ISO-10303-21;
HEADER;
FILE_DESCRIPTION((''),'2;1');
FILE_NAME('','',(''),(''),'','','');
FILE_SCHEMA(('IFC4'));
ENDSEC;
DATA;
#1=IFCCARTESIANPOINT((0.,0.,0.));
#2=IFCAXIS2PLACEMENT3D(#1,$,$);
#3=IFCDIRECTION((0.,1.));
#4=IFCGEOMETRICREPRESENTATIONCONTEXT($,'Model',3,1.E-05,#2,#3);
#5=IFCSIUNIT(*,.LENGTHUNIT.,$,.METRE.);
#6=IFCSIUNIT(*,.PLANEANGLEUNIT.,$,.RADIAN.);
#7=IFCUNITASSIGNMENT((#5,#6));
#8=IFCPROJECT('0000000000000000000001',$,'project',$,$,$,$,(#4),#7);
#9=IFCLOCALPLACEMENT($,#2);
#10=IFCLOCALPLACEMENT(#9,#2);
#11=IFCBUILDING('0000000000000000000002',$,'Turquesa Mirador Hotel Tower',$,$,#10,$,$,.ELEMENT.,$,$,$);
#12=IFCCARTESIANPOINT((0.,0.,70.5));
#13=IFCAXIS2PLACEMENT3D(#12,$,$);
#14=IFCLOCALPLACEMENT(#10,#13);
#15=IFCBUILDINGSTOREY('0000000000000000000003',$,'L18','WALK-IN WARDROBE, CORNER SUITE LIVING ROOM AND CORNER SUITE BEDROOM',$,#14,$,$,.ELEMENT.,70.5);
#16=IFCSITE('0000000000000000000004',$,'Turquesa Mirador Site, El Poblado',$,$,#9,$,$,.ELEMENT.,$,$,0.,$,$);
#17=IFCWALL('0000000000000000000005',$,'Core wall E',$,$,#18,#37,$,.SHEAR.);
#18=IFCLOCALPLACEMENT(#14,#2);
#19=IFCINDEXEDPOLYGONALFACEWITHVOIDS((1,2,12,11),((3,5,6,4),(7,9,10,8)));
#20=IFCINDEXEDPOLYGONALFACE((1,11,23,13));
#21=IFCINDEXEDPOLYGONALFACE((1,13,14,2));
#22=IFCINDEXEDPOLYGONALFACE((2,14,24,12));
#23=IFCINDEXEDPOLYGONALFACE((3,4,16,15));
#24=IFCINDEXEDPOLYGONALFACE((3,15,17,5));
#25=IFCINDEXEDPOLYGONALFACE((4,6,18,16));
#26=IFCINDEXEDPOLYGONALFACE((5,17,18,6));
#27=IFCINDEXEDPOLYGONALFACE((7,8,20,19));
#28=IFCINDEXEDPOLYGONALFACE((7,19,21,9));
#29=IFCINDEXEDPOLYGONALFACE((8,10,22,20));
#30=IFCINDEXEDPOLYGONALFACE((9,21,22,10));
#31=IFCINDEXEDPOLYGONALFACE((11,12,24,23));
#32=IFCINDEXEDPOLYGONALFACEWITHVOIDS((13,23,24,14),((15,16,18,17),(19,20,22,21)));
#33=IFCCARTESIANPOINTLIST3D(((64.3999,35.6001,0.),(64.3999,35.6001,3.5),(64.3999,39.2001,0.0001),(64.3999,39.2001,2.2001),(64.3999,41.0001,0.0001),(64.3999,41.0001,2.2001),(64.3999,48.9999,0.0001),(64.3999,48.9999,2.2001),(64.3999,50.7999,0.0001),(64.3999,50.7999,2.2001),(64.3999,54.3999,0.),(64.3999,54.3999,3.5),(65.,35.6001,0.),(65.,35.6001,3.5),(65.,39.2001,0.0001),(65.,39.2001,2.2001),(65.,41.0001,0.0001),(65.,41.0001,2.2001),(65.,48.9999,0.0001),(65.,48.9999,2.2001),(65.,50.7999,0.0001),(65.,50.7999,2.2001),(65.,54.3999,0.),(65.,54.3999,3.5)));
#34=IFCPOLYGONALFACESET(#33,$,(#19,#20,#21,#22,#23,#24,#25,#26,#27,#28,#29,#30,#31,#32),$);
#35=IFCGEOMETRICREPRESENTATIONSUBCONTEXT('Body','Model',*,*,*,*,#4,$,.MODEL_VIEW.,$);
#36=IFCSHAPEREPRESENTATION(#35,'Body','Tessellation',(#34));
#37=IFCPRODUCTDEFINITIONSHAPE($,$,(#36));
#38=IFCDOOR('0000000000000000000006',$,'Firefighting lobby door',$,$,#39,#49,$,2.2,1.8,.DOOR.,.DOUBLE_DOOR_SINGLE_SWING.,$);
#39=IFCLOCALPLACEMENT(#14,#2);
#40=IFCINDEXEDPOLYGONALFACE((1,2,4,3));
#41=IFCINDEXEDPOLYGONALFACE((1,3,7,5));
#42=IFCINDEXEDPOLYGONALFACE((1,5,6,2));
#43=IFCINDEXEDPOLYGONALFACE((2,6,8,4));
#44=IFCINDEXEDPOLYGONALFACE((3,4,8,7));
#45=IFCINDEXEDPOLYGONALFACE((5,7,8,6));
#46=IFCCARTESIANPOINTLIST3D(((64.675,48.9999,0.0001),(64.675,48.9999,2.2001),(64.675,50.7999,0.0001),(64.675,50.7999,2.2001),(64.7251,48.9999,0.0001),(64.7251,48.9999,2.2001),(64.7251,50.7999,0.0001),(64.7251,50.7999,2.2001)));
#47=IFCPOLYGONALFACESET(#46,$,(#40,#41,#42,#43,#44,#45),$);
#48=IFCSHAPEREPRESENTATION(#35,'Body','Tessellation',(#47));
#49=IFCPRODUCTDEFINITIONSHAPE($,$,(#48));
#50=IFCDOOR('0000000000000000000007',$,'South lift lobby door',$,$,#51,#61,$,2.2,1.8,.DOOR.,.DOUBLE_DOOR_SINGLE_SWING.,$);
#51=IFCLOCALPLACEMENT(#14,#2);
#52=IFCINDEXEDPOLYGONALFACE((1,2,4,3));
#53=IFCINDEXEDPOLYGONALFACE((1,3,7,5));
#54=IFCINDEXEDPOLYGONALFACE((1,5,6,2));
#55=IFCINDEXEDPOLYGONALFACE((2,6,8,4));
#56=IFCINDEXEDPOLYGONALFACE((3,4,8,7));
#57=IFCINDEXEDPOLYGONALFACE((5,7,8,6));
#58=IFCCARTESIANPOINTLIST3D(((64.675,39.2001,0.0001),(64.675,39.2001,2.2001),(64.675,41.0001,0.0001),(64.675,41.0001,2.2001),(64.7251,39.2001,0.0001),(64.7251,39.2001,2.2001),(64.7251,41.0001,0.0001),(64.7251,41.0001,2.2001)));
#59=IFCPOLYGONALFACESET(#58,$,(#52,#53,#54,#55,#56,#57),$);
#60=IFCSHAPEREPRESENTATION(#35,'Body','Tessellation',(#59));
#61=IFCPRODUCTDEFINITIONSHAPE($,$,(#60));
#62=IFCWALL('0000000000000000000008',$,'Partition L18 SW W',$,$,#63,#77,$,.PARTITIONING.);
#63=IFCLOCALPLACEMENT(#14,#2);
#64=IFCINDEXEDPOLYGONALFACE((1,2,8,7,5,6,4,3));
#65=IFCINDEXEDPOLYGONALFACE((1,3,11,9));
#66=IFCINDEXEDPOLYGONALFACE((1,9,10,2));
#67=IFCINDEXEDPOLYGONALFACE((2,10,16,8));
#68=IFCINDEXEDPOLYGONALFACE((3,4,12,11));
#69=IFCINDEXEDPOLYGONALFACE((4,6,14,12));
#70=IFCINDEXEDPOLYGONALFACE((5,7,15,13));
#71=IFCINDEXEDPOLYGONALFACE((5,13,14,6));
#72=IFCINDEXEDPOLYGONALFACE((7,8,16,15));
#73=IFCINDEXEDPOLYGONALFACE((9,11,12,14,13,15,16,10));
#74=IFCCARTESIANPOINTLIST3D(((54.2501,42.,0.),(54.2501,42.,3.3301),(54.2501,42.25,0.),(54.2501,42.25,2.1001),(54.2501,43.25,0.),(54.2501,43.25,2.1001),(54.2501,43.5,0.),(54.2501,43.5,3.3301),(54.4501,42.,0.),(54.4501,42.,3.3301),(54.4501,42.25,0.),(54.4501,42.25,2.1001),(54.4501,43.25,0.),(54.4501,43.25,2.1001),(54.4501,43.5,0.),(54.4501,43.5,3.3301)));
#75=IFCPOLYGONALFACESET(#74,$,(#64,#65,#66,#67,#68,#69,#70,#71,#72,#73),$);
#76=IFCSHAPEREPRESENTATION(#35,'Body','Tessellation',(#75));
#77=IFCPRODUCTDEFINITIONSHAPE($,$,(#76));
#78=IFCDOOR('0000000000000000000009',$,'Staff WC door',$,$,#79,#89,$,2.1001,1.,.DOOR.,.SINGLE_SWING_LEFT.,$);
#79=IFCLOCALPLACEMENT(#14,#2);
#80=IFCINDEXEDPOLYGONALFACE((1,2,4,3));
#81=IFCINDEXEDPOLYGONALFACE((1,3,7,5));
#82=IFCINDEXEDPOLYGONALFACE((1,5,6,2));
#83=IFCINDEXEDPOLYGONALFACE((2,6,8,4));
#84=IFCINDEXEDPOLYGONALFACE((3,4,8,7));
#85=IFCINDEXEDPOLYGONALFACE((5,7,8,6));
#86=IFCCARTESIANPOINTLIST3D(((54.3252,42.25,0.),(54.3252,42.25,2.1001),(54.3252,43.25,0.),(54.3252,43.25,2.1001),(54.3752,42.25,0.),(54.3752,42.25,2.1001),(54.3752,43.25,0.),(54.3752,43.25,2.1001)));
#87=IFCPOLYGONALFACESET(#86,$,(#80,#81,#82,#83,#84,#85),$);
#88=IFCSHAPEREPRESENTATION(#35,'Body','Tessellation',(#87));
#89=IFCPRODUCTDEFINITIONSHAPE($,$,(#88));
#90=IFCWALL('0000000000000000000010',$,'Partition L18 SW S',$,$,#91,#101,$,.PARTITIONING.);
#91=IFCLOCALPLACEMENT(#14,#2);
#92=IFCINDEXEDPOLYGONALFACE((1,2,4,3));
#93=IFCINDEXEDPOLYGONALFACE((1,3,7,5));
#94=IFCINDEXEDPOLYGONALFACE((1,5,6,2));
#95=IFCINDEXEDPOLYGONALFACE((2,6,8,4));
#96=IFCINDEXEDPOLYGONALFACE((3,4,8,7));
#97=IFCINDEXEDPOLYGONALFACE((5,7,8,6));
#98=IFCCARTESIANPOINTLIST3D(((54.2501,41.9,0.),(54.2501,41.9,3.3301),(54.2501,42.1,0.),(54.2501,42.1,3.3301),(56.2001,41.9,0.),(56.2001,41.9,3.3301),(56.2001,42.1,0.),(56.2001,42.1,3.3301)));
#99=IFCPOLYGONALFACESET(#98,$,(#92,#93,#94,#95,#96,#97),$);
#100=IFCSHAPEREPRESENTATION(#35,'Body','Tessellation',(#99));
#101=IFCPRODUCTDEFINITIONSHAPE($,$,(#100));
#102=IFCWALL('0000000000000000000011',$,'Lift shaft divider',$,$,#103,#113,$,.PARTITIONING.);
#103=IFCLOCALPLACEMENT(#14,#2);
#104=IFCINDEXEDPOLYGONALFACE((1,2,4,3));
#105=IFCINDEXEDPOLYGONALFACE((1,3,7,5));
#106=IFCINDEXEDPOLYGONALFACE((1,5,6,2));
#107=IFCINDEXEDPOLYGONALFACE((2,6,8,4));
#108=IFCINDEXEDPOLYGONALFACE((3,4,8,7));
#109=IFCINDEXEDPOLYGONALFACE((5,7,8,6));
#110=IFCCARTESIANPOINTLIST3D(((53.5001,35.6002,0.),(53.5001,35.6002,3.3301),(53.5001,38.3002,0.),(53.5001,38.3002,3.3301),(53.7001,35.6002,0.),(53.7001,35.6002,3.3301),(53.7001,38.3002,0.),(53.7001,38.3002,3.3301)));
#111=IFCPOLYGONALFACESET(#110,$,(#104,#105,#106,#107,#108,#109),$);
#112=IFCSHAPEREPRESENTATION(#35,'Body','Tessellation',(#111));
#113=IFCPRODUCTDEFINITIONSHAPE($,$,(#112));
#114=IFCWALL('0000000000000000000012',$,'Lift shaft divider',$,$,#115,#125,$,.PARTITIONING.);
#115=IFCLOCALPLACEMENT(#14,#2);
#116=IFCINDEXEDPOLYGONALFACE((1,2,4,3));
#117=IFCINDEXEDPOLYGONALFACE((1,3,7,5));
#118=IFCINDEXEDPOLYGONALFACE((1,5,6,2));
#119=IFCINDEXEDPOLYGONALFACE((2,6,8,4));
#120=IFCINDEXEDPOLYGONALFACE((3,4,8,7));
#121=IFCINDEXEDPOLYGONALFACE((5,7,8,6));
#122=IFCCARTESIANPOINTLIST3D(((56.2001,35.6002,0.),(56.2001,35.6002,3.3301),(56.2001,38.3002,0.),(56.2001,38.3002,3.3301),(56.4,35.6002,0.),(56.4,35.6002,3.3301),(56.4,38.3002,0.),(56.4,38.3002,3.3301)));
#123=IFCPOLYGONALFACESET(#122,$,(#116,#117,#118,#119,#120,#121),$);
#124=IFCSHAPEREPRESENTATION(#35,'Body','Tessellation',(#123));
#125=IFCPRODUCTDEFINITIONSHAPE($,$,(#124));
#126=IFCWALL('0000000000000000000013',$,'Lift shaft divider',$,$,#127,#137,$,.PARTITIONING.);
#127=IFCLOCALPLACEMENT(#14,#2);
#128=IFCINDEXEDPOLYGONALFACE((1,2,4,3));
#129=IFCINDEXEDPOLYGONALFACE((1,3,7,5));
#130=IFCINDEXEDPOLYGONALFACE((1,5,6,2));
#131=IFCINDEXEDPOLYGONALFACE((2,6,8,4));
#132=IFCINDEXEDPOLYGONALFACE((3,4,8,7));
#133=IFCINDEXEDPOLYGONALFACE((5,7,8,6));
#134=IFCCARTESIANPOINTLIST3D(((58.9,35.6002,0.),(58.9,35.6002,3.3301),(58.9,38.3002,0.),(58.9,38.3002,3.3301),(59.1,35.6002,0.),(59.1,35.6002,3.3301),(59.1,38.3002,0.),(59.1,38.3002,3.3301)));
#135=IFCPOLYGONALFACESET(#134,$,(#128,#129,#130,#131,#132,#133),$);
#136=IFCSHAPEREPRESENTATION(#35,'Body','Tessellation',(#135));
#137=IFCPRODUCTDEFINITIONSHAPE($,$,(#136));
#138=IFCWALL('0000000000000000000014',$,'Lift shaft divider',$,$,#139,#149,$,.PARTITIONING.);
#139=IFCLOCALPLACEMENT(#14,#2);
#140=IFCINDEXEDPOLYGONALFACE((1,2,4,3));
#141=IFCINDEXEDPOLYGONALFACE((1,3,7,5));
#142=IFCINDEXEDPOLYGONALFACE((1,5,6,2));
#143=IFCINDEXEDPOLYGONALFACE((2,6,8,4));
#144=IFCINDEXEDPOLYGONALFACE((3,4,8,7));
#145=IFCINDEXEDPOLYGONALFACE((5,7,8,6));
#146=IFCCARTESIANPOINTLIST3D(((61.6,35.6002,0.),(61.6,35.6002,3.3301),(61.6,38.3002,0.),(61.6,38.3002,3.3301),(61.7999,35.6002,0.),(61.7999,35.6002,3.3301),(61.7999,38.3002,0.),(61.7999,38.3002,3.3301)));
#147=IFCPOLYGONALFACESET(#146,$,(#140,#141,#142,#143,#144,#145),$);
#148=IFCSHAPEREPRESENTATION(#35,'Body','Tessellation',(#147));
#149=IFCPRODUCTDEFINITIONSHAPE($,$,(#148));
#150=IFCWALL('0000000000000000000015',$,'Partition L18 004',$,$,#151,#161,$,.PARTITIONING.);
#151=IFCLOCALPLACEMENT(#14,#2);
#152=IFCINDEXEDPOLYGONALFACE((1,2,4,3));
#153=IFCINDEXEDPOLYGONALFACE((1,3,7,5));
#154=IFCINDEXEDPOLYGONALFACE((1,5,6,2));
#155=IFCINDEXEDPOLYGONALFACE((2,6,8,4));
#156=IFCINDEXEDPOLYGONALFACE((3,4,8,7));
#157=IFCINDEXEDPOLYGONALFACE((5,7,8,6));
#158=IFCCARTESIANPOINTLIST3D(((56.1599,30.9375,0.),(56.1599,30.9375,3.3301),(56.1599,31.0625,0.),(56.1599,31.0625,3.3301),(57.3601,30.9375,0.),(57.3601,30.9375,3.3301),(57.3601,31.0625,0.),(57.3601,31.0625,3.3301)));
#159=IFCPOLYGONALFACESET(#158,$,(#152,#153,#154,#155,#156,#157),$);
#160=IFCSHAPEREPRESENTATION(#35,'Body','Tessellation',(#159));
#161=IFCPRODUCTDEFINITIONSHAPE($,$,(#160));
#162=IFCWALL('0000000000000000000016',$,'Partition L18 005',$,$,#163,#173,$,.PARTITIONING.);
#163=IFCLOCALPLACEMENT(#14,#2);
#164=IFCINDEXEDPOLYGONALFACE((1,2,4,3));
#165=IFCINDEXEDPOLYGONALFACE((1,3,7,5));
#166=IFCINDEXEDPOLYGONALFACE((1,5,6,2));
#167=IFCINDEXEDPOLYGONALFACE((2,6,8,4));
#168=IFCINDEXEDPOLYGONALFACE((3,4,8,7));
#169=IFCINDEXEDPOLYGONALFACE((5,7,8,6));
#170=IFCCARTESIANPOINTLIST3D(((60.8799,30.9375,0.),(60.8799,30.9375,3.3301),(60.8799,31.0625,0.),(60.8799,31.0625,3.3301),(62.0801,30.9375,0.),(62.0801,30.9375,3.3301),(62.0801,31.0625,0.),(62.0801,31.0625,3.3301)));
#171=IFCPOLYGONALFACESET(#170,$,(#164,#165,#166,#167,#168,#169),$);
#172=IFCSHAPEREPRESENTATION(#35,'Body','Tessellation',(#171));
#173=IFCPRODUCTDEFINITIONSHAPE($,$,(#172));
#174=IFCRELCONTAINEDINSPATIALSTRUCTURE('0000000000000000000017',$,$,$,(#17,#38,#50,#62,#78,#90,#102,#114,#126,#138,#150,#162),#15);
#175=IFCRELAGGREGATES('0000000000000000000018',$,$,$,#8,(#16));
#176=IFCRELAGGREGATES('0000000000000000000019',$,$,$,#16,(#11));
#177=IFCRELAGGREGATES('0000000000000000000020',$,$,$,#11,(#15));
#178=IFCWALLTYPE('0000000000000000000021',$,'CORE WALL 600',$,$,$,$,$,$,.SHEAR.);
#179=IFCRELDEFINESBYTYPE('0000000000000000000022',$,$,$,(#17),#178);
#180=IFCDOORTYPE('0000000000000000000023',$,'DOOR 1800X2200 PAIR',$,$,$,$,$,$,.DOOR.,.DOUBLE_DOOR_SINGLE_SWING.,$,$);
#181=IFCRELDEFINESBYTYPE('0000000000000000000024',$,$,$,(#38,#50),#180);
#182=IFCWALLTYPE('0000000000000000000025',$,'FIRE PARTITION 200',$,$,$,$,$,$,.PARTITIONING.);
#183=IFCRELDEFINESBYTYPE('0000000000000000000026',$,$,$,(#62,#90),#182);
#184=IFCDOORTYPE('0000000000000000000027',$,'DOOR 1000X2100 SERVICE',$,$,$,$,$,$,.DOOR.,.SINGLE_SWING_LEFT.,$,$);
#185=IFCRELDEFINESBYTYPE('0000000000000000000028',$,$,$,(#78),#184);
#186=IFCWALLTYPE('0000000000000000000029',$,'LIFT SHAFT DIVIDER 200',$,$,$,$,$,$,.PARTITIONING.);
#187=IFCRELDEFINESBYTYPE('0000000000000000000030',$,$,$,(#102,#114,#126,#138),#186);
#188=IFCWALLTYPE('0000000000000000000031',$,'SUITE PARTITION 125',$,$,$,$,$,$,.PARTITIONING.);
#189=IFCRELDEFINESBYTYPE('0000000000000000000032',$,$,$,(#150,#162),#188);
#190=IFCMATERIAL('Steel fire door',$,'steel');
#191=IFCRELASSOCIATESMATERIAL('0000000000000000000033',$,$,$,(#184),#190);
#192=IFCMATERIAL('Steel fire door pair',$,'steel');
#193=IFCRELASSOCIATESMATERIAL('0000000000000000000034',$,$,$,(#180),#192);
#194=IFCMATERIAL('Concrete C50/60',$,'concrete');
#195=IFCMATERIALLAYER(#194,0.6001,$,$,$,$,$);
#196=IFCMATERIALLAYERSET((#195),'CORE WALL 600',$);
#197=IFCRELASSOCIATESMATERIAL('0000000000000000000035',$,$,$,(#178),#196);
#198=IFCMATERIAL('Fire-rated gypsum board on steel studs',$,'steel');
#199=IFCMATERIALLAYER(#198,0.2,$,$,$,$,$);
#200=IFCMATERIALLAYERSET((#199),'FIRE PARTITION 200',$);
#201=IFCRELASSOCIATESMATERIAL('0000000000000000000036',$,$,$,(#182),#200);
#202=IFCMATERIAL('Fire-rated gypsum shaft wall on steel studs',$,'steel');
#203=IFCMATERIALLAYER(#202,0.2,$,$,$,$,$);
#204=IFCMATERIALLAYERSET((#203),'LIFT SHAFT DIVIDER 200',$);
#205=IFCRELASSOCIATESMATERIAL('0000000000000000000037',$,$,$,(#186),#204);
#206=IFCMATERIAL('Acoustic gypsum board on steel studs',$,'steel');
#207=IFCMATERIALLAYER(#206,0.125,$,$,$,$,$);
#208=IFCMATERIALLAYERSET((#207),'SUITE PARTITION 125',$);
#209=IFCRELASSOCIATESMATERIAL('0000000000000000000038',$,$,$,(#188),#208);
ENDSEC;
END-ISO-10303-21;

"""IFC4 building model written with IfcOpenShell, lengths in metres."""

from ifc_helpers import new_model, si_unit, direction, frame, frame_2d, origin, place, context, subcontext, project, spatial, rectangle, extrude, material, layer, layer_set, type_object, element, fill, save


model = new_model("IFC4")

# Units and contexts
model_context = context("Model", 3, precision=1e-05, world=origin(), true_north=direction((0.0, 1.0)))
body_context = subcontext(model_context, "Body", "Model", "MODEL_VIEW")
ifc_project = project(units=[si_unit("LENGTHUNIT", "METRE"), si_unit("PLANEANGLEUNIT", "RADIAN")], contexts=[model_context])

# Site, building, storey
site_placement = place(None, origin())
site = spatial("IfcSite", under=ifc_project, at=site_placement, Name="Turquesa Mirador Site, El Poblado", CompositionType="ELEMENT", RefElevation=0.0)
building_placement = place(site_placement, origin())
building = spatial("IfcBuilding", under=site, at=building_placement, Name="Turquesa Mirador Hotel Tower", CompositionType="ELEMENT")
storey_placement = place(building_placement, frame((0.0, 0.0, 70.5)))
storey = spatial("IfcBuildingStorey", under=building, at=storey_placement, Name="L18", Description="WALK-IN WARDROBE, CORNER SUITE LIVING ROOM AND CORNER SUITE BEDROOM", CompositionType="ELEMENT", Elevation=70.5)

# Shared definitions
ifc_material_1 = material(Name="Steel fire door", Category="steel")
door_type_1 = type_object("IfcDoorType", Name="DOOR 1000X2100 SERVICE", OperationType="SINGLE_SWING_LEFT", PredefinedType="DOOR", material=ifc_material_1)
ifc_material_2 = material(Name="Steel fire door pair", Category="steel")
door_type_2 = type_object("IfcDoorType", Name="DOOR 1800X2200 PAIR", OperationType="DOUBLE_DOOR_SINGLE_SWING", PredefinedType="DOOR", material=ifc_material_2)

# Wall, openings, doors
ifc_material_3 = material(Name="Concrete C50/60", Category="concrete")
ifc_layer_1 = layer(ifc_material_3, 0.6001)
ifc_layer_set_1 = layer_set([ifc_layer_1], Name="CORE WALL 600")
wall_type_1 = type_object("IfcWallType", Name="CORE WALL 600", PredefinedType="SHEAR", material=ifc_layer_set_1)
wall_1_placement = place(storey_placement, frame((64.7, 35.6001, 0.0), z_axis=(0.0, 0.0, 1.0), x_axis=(0.0, 1.0, 0.0)))
wall_1 = element("IfcWall", 1, at=wall_1_placement, inside=storey, type_object=wall_type_1, Name="Core wall E", PredefinedType="SHEAR", context=body_context, shape_type="SweptSolid", body=[
    extrude(rectangle(XDim=18.7998, YDim=0.6001, at=frame_2d((9.3999, 0.0))), origin(), (0.0, 0.0, 1.0), 3.5),
])
opening_1_placement = place(wall_1_placement, frame((13.3999, 0.0, 0.0)))
opening_1 = element("IfcOpeningElement", 2, at=opening_1_placement, cuts=wall_1, PredefinedType="OPENING", context=body_context, shape_type="SweptSolid", body=[
    extrude(rectangle(XDim=1.8, YDim=2.2, at=frame_2d((0.8999, 1.1001))), frame((0.0, 0.3101, 0.0), z_axis=(0.0, -1.0, 0.0), x_axis=(1.0, 0.0, 0.0)), (0.0, 0.0, 1.0), 0.6201),
])
opening_2_placement = place(wall_1_placement, frame((3.6001, 0.0, 0.0)))
opening_2 = element("IfcOpeningElement", 3, at=opening_2_placement, cuts=wall_1, PredefinedType="OPENING", context=body_context, shape_type="SweptSolid", body=[
    extrude(rectangle(XDim=1.8, YDim=2.2, at=frame_2d((0.8999, 1.1001))), frame((0.0, 0.3101, 0.0), z_axis=(0.0, -1.0, 0.0), x_axis=(1.0, 0.0, 0.0)), (0.0, 0.0, 1.0), 0.6201),
])
door_1_placement = place(opening_1_placement, origin())
door_1 = element("IfcDoor", 4, at=door_1_placement, inside=storey, type_object=door_type_2, Name="Firefighting lobby door", OperationType="DOUBLE_DOOR_SINGLE_SWING", OverallHeight=2.2, OverallWidth=1.8, PredefinedType="DOOR", context=body_context, shape_type="SweptSolid", body=[
    extrude(rectangle(XDim=1.8, YDim=2.2, at=frame_2d((0.8999, 1.1001))), frame((0.0, 0.0249, 0.0), z_axis=(0.0, -1.0, 0.0), x_axis=(1.0, 0.0, 0.0)), (0.0, 0.0, 1.0), 0.05),
])
fill(opening_1, door_1)
door_2_placement = place(opening_2_placement, origin())
door_2 = element("IfcDoor", 5, at=door_2_placement, inside=storey, type_object=door_type_2, Name="South lift lobby door", OperationType="DOUBLE_DOOR_SINGLE_SWING", OverallHeight=2.2, OverallWidth=1.8, PredefinedType="DOOR", context=body_context, shape_type="SweptSolid", body=[
    extrude(rectangle(XDim=1.8, YDim=2.2, at=frame_2d((0.8999, 1.1001))), frame((0.0, 0.0249, 0.0), z_axis=(0.0, -1.0, 0.0), x_axis=(1.0, 0.0, 0.0)), (0.0, 0.0, 1.0), 0.05),
])
fill(opening_2, door_2)

# Wall, opening, door
ifc_material_4 = material(Name="Fire-rated gypsum board on steel studs", Category="steel")
ifc_layer_2 = layer(ifc_material_4, 0.2)
ifc_layer_set_2 = layer_set([ifc_layer_2], Name="FIRE PARTITION 200")
wall_type_2 = type_object("IfcWallType", Name="FIRE PARTITION 200", PredefinedType="PARTITIONING", material=ifc_layer_set_2)
wall_2_placement = place(storey_placement, frame((54.3501, 42.0, 0.0), z_axis=(0.0, 0.0, 1.0), x_axis=(0.0, 1.0, 0.0)))
wall_2 = element("IfcWall", 6, at=wall_2_placement, inside=storey, type_object=wall_type_2, Name="Partition L18 SW W", PredefinedType="PARTITIONING", context=body_context, shape_type="SweptSolid", body=[
    extrude(rectangle(XDim=1.5, YDim=0.2, at=frame_2d((0.75, 0.0))), origin(), (0.0, 0.0, 1.0), 3.3301),
])
opening_3_placement = place(wall_2_placement, frame((0.25, 0.0, 0.0)))
opening_3 = element("IfcOpeningElement", 7, at=opening_3_placement, cuts=wall_2, PredefinedType="OPENING", context=body_context, shape_type="SweptSolid", body=[
    extrude(rectangle(XDim=1.0, YDim=2.1001, at=frame_2d((0.5, 1.05))), frame((0.0, 0.1099, 0.0), z_axis=(0.0, -1.0, 0.0), x_axis=(1.0, 0.0, 0.0)), (0.0, 0.0, 1.0), 0.22),
])
door_3_placement = place(opening_3_placement, origin())
door_3 = element("IfcDoor", 8, at=door_3_placement, inside=storey, type_object=door_type_1, Name="Staff WC door", OperationType="SINGLE_SWING_LEFT", OverallHeight=2.1001, OverallWidth=1.0, PredefinedType="DOOR", context=body_context, shape_type="SweptSolid", body=[
    extrude(rectangle(XDim=1.0, YDim=2.1001, at=frame_2d((0.5, 1.05))), frame((0.0, 0.0249, 0.0), z_axis=(0.0, -1.0, 0.0), x_axis=(1.0, 0.0, 0.0)), (0.0, 0.0, 1.0), 0.05),
])
fill(opening_3, door_3)

# Walls
wall_3_placement = place(storey_placement, frame((54.25, 42.0, 0.0), z_axis=(0.0, 0.0, 1.0), x_axis=(1.0, 0.0, 0.0)))
element("IfcWall", 9, at=wall_3_placement, inside=storey, type_object=wall_type_2, Name="Partition L18 SW S", PredefinedType="PARTITIONING", context=body_context, shape_type="SweptSolid", body=[
    extrude(rectangle(XDim=1.95, YDim=0.2, at=frame_2d((0.9751, 0.0))), origin(), (0.0, 0.0, 1.0), 3.3301),
])
ifc_material_5 = material(Name="Fire-rated gypsum shaft wall on steel studs", Category="steel")
ifc_layer_3 = layer(ifc_material_5, 0.2)
ifc_layer_set_3 = layer_set([ifc_layer_3], Name="LIFT SHAFT DIVIDER 200")
wall_type_3 = type_object("IfcWallType", Name="LIFT SHAFT DIVIDER 200", PredefinedType="PARTITIONING", material=ifc_layer_set_3)
for number, where, z_axis, x_axis, name in (
    (10, (53.6001, 35.6001, 0.0), (0.0, 0.0, 1.0), (0.0, 1.0, 0.0), "Lift shaft divider"),
    (11, (56.3, 35.6001, 0.0), (0.0, 0.0, 1.0), (0.0, 1.0, 0.0), "Lift shaft divider"),
    (12, (59.0, 35.6001, 0.0), (0.0, 0.0, 1.0), (0.0, 1.0, 0.0), "Lift shaft divider"),
    (13, (61.7, 35.6001, 0.0), (0.0, 0.0, 1.0), (0.0, 1.0, 0.0), "Lift shaft divider"),
):
    element("IfcWall", number, at=place(storey_placement, frame(where, z_axis=z_axis, x_axis=x_axis)), inside=storey, type_object=wall_type_3, Name=name, PredefinedType="PARTITIONING", context=body_context, shape_type="SweptSolid", body=[
        extrude(rectangle(XDim=2.7, YDim=0.2, at=frame_2d((1.3501, 0.0))), origin(), (0.0, 0.0, 1.0), 3.3301),
    ])
ifc_material_6 = material(Name="Acoustic gypsum board on steel studs", Category="steel")
ifc_layer_4 = layer(ifc_material_6, 0.125)
ifc_layer_set_4 = layer_set([ifc_layer_4], Name="SUITE PARTITION 125")
wall_type_4 = type_object("IfcWallType", Name="SUITE PARTITION 125", PredefinedType="PARTITIONING", material=ifc_layer_set_4)
for number, where, z_axis, x_axis, name in (
    (14, (56.1599, 31.0, 0.0), (0.0, 0.0, 1.0), (1.0, 0.0, 0.0), "Partition L18 004"),
    (15, (60.8799, 31.0, 0.0), (0.0, 0.0, 1.0), (1.0, 0.0, 0.0), "Partition L18 005"),
):
    element("IfcWall", number, at=place(storey_placement, frame(where, z_axis=z_axis, x_axis=x_axis)), inside=storey, type_object=wall_type_4, Name=name, PredefinedType="PARTITIONING", context=body_context, shape_type="SweptSolid", body=[
        extrude(rectangle(XDim=1.2002, YDim=0.125, at=frame_2d((0.6001, 0.0))), origin(), (0.0, 0.0, 1.0), 3.3301),
    ])

save(model, "model.ifc")
